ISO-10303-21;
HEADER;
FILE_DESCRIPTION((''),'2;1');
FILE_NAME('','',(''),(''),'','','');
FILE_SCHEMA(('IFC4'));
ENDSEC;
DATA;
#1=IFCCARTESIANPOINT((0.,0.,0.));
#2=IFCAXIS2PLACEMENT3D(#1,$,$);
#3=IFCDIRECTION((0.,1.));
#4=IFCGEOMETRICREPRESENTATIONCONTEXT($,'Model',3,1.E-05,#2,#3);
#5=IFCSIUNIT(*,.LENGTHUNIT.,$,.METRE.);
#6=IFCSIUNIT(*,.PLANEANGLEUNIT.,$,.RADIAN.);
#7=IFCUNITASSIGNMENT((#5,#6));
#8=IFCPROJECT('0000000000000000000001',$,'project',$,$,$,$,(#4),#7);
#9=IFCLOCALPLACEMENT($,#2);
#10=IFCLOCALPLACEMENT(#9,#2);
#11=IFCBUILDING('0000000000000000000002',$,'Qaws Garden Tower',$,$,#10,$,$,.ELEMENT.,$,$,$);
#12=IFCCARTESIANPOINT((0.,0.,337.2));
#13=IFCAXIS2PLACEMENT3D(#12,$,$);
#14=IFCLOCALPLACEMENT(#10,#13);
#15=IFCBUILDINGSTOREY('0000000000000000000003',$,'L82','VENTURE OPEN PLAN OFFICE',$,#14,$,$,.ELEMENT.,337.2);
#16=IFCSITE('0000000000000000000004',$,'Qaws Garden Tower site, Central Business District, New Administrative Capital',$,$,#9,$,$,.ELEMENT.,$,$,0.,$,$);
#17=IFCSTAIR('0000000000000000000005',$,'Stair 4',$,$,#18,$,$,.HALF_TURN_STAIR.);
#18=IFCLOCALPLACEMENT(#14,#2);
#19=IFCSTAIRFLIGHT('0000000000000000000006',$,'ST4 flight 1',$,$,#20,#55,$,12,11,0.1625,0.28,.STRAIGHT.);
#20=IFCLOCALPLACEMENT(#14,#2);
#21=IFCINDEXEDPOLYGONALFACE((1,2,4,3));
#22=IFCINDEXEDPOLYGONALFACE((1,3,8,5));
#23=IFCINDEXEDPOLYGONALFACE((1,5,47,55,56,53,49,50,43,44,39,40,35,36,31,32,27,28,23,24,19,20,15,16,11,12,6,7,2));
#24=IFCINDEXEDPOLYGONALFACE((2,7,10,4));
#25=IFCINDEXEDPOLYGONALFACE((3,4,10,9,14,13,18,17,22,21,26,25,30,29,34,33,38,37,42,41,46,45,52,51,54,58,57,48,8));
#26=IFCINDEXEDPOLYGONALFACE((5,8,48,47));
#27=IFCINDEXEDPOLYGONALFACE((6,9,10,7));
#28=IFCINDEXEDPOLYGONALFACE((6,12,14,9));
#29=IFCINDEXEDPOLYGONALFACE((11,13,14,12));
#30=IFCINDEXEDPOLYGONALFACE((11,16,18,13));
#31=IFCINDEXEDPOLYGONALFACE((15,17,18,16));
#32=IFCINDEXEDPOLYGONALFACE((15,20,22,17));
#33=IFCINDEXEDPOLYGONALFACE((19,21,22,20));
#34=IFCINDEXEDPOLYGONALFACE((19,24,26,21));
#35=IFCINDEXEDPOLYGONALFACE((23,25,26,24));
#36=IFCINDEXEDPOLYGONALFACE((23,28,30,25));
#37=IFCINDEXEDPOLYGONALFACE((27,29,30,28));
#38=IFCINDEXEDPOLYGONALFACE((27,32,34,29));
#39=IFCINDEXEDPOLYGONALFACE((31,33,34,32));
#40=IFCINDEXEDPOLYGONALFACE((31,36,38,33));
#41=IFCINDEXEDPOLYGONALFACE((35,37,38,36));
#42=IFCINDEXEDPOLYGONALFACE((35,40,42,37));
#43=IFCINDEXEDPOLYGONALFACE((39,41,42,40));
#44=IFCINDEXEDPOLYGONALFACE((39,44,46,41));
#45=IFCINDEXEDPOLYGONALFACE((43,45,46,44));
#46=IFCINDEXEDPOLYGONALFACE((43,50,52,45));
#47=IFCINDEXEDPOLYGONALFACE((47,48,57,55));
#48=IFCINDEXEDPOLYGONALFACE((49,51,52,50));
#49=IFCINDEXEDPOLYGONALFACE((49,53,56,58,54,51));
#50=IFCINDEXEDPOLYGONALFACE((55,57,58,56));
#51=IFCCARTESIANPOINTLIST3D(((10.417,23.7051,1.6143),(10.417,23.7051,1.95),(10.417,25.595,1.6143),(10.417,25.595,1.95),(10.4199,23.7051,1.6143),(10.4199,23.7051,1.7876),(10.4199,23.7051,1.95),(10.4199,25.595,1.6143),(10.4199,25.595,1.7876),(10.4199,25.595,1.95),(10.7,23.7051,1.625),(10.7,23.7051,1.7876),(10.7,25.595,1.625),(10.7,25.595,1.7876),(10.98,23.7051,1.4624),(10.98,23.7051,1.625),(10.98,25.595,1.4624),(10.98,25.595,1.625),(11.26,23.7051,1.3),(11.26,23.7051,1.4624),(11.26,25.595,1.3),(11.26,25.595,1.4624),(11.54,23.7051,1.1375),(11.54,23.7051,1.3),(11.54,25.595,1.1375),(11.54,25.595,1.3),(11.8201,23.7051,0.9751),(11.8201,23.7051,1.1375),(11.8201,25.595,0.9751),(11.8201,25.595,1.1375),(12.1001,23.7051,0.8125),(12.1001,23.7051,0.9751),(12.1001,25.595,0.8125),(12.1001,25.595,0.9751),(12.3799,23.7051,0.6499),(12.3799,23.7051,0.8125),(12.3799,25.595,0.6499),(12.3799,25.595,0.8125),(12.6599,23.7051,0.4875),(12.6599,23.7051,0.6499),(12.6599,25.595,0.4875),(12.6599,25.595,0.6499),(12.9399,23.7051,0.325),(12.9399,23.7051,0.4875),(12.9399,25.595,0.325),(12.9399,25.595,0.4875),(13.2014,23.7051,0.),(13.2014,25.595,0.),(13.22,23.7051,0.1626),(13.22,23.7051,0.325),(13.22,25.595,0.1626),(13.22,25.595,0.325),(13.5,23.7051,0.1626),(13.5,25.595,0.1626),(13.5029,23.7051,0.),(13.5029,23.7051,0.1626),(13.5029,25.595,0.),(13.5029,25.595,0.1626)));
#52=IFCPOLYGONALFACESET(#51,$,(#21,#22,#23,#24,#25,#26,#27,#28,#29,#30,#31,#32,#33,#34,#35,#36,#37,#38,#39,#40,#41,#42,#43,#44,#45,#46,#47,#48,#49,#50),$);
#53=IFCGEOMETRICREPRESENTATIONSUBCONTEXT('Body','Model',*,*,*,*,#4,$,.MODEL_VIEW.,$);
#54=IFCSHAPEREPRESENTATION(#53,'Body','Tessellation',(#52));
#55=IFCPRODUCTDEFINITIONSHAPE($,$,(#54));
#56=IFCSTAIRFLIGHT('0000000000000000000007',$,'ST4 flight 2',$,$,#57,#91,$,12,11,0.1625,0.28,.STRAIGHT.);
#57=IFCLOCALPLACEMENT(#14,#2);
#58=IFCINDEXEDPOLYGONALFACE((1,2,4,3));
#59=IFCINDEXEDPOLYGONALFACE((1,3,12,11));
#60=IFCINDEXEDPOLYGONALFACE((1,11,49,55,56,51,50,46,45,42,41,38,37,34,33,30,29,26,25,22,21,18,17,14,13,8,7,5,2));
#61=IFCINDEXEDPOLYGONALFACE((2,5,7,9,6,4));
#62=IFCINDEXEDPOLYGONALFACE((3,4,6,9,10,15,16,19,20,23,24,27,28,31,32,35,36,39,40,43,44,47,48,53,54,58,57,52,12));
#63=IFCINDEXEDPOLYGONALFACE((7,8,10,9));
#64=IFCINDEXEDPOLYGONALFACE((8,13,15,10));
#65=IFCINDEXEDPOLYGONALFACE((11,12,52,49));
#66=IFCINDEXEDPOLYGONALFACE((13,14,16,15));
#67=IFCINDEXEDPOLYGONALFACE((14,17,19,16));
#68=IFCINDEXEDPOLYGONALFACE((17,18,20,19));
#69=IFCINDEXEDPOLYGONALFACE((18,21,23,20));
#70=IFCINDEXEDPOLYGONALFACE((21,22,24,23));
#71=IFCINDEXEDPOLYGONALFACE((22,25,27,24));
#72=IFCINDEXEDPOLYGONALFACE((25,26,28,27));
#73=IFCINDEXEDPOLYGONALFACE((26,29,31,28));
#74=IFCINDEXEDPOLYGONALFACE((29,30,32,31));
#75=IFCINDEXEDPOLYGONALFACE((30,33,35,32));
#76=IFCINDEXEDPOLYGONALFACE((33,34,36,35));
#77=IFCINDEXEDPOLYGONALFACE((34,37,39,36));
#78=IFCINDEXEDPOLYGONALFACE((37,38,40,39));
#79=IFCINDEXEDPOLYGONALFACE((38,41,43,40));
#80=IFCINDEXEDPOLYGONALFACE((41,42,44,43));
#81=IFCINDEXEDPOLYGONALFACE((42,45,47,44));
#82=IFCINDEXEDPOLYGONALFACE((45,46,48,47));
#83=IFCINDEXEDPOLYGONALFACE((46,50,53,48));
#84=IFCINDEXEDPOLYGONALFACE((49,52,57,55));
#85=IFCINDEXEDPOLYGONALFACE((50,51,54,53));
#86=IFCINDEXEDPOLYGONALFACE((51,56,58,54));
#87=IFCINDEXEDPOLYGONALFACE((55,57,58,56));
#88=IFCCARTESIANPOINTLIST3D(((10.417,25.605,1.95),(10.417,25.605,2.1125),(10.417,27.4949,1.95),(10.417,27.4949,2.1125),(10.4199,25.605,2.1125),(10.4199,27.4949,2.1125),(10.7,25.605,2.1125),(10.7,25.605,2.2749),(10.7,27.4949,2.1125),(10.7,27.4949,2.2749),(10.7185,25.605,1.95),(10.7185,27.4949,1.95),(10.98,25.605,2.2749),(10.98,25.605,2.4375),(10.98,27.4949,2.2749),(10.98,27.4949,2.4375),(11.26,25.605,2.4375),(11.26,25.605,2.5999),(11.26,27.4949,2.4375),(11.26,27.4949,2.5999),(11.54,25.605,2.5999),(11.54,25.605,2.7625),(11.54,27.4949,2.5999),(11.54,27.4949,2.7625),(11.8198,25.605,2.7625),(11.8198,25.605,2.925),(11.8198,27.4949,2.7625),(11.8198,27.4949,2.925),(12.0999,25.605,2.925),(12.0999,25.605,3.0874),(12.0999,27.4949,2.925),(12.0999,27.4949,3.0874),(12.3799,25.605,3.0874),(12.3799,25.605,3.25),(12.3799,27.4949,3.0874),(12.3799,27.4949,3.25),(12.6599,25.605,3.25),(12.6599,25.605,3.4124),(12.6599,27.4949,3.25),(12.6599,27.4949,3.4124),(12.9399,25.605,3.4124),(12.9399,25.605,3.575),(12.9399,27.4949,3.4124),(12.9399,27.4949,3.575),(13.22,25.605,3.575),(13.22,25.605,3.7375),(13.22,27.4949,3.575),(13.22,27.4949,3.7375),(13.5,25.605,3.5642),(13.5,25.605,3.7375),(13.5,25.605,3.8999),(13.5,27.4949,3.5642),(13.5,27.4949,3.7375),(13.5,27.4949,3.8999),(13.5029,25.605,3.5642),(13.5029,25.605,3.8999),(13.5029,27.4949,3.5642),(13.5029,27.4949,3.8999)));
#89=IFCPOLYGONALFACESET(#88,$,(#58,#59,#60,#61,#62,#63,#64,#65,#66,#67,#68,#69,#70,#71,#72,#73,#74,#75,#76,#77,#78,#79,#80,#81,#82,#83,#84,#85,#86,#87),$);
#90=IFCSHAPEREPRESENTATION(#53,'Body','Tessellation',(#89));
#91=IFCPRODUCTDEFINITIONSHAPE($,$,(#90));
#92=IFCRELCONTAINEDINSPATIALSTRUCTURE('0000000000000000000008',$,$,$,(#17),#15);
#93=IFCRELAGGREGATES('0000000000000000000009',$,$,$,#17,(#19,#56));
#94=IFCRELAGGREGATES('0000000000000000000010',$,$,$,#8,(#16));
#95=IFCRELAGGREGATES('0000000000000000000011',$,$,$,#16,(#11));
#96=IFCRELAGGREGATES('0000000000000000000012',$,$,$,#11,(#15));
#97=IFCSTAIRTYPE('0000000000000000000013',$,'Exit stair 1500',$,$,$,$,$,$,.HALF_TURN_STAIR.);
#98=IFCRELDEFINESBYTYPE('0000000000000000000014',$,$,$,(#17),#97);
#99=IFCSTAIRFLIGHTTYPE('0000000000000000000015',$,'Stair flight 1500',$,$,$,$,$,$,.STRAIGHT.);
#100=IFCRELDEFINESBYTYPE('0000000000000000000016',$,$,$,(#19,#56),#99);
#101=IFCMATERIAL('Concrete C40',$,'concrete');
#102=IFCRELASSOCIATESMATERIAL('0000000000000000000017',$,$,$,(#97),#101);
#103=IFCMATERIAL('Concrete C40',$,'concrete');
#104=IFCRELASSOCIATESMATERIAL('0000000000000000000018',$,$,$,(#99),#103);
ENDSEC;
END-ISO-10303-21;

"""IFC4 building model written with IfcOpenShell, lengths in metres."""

from ifc_helpers import new_model, si_unit, direction, frame, origin, place, context, subcontext, project, spatial, polyline, outline, extrude, material, type_object, element, aggregate, save


model = new_model("IFC4")

# Units and contexts
model_context = context("Model", 3, precision=1e-05, world=origin(), true_north=direction((0.0, 1.0)))
body_context = subcontext(model_context, "Body", "Model", "MODEL_VIEW")
ifc_project = project(units=[si_unit("LENGTHUNIT", "METRE"), si_unit("PLANEANGLEUNIT", "RADIAN")], contexts=[model_context])

# Site, building, storey
site_placement = place(None, origin())
site = spatial("IfcSite", under=ifc_project, at=site_placement, Name="Qaws Garden Tower site, Central Business District, New Administrative Capital", CompositionType="ELEMENT", RefElevation=0.0)
building_placement = place(site_placement, origin())
building = spatial("IfcBuilding", under=site, at=building_placement, Name="Qaws Garden Tower", CompositionType="ELEMENT")
storey_placement = place(building_placement, frame((0.0, 0.0, 337.2)))
storey = spatial("IfcBuildingStorey", under=building, at=storey_placement, Name="L82", Description="VENTURE OPEN PLAN OFFICE", CompositionType="ELEMENT", Elevation=337.2)

# Stair, stair flights
ifc_material_1 = material(Name="Concrete C40", Category="concrete")
stair_type = type_object("IfcStairType", Name="Exit stair 1500", PredefinedType="HALF_TURN_STAIR", material=ifc_material_1)
stair_placement = place(storey_placement, origin())
stair = element("IfcStair", 1, at=stair_placement, inside=storey, type_object=stair_type, Name="Stair 4", PredefinedType="HALF_TURN_STAIR")
ifc_material_2 = material(Name="Concrete C40", Category="concrete")
stair_flight_type = type_object("IfcStairFlightType", Name="Stair flight 1500", PredefinedType="STRAIGHT", material=ifc_material_2)
stair_flight_1_placement = place(storey_placement, frame((13.5, 24.6499, 0.0), z_axis=(0.0, 0.0, 1.0), x_axis=(-1.0, 0.0, 0.0)))
stair_flight_1 = element("IfcStairFlight", 2, at=stair_flight_1_placement, type_object=stair_flight_type, Name="ST4 flight 1", NumberOfRisers=12, NumberOfTreads=11, PredefinedType="STRAIGHT", RiserHeight=0.1625, TreadLength=0.28, context=body_context, shape_type="SweptSolid", body=[
    extrude(outline(polyline([(-0.0029, 0.0), (-0.0029, 0.1626), (0.0, 0.1626), (0.28, 0.1626), (0.28, 0.325), (0.5601, 0.325), (0.5601, 0.4875), (0.8401, 0.4875), (0.8401, 0.6499), (1.1201, 0.6499), (1.1201, 0.8125), (1.3999, 0.8125), (1.3999, 0.9751), (1.6799, 0.9751), (1.6799, 1.1375), (1.96, 1.1375), (1.96, 1.3), (2.24, 1.3), (2.24, 1.4624), (2.52, 1.4624), (2.52, 1.625), (2.8, 1.625), (2.8, 1.7876), (3.0801, 1.7876), (3.0801, 1.95), (3.083, 1.95), (3.083, 1.6143), (3.0801, 1.6143), (0.2986, 0.0), (-0.0029, 0.0)])), frame((0.0, 0.9448, 0.0), z_axis=(0.0, -1.0, 0.0), x_axis=(1.0, 0.0, 0.0)), (0.0, 0.0, 1.0), 1.8899),
])
stair_flight_2_placement = place(storey_placement, frame((10.4199, 26.55, 1.95), z_axis=(0.0, 0.0, 1.0), x_axis=(1.0, 0.0, 0.0)))
stair_flight_2 = element("IfcStairFlight", 3, at=stair_flight_2_placement, type_object=stair_flight_type, Name="ST4 flight 2", NumberOfRisers=12, NumberOfTreads=11, PredefinedType="STRAIGHT", RiserHeight=0.1625, TreadLength=0.28, context=body_context, shape_type="SweptSolid", body=[
    extrude(outline(polyline([(-0.0029, 0.0), (-0.0029, 0.1626), (0.0, 0.1626), (0.28, 0.1626), (0.28, 0.325), (0.5601, 0.325), (0.5601, 0.4875), (0.8401, 0.4875), (0.8401, 0.6499), (1.1201, 0.6499), (1.1201, 0.8125), (1.3999, 0.8125), (1.3999, 0.9751), (1.6799, 0.9751), (1.6799, 1.1375), (1.96, 1.1375), (1.96, 1.3), (2.24, 1.3), (2.24, 1.4624), (2.52, 1.4624), (2.52, 1.625), (2.8, 1.625), (2.8, 1.7876), (3.0801, 1.7876), (3.0801, 1.95), (3.083, 1.95), (3.083, 1.6143), (3.0801, 1.6143), (0.2986, 0.0), (-0.0029, 0.0)])), frame((0.0, 0.9448, 0.0), z_axis=(0.0, -1.0, 0.0), x_axis=(1.0, 0.0, 0.0)), (0.0, 0.0, 1.0), 1.8899),
])
aggregate(stair, [stair_flight_1, stair_flight_2])

save(model, "model.ifc")
